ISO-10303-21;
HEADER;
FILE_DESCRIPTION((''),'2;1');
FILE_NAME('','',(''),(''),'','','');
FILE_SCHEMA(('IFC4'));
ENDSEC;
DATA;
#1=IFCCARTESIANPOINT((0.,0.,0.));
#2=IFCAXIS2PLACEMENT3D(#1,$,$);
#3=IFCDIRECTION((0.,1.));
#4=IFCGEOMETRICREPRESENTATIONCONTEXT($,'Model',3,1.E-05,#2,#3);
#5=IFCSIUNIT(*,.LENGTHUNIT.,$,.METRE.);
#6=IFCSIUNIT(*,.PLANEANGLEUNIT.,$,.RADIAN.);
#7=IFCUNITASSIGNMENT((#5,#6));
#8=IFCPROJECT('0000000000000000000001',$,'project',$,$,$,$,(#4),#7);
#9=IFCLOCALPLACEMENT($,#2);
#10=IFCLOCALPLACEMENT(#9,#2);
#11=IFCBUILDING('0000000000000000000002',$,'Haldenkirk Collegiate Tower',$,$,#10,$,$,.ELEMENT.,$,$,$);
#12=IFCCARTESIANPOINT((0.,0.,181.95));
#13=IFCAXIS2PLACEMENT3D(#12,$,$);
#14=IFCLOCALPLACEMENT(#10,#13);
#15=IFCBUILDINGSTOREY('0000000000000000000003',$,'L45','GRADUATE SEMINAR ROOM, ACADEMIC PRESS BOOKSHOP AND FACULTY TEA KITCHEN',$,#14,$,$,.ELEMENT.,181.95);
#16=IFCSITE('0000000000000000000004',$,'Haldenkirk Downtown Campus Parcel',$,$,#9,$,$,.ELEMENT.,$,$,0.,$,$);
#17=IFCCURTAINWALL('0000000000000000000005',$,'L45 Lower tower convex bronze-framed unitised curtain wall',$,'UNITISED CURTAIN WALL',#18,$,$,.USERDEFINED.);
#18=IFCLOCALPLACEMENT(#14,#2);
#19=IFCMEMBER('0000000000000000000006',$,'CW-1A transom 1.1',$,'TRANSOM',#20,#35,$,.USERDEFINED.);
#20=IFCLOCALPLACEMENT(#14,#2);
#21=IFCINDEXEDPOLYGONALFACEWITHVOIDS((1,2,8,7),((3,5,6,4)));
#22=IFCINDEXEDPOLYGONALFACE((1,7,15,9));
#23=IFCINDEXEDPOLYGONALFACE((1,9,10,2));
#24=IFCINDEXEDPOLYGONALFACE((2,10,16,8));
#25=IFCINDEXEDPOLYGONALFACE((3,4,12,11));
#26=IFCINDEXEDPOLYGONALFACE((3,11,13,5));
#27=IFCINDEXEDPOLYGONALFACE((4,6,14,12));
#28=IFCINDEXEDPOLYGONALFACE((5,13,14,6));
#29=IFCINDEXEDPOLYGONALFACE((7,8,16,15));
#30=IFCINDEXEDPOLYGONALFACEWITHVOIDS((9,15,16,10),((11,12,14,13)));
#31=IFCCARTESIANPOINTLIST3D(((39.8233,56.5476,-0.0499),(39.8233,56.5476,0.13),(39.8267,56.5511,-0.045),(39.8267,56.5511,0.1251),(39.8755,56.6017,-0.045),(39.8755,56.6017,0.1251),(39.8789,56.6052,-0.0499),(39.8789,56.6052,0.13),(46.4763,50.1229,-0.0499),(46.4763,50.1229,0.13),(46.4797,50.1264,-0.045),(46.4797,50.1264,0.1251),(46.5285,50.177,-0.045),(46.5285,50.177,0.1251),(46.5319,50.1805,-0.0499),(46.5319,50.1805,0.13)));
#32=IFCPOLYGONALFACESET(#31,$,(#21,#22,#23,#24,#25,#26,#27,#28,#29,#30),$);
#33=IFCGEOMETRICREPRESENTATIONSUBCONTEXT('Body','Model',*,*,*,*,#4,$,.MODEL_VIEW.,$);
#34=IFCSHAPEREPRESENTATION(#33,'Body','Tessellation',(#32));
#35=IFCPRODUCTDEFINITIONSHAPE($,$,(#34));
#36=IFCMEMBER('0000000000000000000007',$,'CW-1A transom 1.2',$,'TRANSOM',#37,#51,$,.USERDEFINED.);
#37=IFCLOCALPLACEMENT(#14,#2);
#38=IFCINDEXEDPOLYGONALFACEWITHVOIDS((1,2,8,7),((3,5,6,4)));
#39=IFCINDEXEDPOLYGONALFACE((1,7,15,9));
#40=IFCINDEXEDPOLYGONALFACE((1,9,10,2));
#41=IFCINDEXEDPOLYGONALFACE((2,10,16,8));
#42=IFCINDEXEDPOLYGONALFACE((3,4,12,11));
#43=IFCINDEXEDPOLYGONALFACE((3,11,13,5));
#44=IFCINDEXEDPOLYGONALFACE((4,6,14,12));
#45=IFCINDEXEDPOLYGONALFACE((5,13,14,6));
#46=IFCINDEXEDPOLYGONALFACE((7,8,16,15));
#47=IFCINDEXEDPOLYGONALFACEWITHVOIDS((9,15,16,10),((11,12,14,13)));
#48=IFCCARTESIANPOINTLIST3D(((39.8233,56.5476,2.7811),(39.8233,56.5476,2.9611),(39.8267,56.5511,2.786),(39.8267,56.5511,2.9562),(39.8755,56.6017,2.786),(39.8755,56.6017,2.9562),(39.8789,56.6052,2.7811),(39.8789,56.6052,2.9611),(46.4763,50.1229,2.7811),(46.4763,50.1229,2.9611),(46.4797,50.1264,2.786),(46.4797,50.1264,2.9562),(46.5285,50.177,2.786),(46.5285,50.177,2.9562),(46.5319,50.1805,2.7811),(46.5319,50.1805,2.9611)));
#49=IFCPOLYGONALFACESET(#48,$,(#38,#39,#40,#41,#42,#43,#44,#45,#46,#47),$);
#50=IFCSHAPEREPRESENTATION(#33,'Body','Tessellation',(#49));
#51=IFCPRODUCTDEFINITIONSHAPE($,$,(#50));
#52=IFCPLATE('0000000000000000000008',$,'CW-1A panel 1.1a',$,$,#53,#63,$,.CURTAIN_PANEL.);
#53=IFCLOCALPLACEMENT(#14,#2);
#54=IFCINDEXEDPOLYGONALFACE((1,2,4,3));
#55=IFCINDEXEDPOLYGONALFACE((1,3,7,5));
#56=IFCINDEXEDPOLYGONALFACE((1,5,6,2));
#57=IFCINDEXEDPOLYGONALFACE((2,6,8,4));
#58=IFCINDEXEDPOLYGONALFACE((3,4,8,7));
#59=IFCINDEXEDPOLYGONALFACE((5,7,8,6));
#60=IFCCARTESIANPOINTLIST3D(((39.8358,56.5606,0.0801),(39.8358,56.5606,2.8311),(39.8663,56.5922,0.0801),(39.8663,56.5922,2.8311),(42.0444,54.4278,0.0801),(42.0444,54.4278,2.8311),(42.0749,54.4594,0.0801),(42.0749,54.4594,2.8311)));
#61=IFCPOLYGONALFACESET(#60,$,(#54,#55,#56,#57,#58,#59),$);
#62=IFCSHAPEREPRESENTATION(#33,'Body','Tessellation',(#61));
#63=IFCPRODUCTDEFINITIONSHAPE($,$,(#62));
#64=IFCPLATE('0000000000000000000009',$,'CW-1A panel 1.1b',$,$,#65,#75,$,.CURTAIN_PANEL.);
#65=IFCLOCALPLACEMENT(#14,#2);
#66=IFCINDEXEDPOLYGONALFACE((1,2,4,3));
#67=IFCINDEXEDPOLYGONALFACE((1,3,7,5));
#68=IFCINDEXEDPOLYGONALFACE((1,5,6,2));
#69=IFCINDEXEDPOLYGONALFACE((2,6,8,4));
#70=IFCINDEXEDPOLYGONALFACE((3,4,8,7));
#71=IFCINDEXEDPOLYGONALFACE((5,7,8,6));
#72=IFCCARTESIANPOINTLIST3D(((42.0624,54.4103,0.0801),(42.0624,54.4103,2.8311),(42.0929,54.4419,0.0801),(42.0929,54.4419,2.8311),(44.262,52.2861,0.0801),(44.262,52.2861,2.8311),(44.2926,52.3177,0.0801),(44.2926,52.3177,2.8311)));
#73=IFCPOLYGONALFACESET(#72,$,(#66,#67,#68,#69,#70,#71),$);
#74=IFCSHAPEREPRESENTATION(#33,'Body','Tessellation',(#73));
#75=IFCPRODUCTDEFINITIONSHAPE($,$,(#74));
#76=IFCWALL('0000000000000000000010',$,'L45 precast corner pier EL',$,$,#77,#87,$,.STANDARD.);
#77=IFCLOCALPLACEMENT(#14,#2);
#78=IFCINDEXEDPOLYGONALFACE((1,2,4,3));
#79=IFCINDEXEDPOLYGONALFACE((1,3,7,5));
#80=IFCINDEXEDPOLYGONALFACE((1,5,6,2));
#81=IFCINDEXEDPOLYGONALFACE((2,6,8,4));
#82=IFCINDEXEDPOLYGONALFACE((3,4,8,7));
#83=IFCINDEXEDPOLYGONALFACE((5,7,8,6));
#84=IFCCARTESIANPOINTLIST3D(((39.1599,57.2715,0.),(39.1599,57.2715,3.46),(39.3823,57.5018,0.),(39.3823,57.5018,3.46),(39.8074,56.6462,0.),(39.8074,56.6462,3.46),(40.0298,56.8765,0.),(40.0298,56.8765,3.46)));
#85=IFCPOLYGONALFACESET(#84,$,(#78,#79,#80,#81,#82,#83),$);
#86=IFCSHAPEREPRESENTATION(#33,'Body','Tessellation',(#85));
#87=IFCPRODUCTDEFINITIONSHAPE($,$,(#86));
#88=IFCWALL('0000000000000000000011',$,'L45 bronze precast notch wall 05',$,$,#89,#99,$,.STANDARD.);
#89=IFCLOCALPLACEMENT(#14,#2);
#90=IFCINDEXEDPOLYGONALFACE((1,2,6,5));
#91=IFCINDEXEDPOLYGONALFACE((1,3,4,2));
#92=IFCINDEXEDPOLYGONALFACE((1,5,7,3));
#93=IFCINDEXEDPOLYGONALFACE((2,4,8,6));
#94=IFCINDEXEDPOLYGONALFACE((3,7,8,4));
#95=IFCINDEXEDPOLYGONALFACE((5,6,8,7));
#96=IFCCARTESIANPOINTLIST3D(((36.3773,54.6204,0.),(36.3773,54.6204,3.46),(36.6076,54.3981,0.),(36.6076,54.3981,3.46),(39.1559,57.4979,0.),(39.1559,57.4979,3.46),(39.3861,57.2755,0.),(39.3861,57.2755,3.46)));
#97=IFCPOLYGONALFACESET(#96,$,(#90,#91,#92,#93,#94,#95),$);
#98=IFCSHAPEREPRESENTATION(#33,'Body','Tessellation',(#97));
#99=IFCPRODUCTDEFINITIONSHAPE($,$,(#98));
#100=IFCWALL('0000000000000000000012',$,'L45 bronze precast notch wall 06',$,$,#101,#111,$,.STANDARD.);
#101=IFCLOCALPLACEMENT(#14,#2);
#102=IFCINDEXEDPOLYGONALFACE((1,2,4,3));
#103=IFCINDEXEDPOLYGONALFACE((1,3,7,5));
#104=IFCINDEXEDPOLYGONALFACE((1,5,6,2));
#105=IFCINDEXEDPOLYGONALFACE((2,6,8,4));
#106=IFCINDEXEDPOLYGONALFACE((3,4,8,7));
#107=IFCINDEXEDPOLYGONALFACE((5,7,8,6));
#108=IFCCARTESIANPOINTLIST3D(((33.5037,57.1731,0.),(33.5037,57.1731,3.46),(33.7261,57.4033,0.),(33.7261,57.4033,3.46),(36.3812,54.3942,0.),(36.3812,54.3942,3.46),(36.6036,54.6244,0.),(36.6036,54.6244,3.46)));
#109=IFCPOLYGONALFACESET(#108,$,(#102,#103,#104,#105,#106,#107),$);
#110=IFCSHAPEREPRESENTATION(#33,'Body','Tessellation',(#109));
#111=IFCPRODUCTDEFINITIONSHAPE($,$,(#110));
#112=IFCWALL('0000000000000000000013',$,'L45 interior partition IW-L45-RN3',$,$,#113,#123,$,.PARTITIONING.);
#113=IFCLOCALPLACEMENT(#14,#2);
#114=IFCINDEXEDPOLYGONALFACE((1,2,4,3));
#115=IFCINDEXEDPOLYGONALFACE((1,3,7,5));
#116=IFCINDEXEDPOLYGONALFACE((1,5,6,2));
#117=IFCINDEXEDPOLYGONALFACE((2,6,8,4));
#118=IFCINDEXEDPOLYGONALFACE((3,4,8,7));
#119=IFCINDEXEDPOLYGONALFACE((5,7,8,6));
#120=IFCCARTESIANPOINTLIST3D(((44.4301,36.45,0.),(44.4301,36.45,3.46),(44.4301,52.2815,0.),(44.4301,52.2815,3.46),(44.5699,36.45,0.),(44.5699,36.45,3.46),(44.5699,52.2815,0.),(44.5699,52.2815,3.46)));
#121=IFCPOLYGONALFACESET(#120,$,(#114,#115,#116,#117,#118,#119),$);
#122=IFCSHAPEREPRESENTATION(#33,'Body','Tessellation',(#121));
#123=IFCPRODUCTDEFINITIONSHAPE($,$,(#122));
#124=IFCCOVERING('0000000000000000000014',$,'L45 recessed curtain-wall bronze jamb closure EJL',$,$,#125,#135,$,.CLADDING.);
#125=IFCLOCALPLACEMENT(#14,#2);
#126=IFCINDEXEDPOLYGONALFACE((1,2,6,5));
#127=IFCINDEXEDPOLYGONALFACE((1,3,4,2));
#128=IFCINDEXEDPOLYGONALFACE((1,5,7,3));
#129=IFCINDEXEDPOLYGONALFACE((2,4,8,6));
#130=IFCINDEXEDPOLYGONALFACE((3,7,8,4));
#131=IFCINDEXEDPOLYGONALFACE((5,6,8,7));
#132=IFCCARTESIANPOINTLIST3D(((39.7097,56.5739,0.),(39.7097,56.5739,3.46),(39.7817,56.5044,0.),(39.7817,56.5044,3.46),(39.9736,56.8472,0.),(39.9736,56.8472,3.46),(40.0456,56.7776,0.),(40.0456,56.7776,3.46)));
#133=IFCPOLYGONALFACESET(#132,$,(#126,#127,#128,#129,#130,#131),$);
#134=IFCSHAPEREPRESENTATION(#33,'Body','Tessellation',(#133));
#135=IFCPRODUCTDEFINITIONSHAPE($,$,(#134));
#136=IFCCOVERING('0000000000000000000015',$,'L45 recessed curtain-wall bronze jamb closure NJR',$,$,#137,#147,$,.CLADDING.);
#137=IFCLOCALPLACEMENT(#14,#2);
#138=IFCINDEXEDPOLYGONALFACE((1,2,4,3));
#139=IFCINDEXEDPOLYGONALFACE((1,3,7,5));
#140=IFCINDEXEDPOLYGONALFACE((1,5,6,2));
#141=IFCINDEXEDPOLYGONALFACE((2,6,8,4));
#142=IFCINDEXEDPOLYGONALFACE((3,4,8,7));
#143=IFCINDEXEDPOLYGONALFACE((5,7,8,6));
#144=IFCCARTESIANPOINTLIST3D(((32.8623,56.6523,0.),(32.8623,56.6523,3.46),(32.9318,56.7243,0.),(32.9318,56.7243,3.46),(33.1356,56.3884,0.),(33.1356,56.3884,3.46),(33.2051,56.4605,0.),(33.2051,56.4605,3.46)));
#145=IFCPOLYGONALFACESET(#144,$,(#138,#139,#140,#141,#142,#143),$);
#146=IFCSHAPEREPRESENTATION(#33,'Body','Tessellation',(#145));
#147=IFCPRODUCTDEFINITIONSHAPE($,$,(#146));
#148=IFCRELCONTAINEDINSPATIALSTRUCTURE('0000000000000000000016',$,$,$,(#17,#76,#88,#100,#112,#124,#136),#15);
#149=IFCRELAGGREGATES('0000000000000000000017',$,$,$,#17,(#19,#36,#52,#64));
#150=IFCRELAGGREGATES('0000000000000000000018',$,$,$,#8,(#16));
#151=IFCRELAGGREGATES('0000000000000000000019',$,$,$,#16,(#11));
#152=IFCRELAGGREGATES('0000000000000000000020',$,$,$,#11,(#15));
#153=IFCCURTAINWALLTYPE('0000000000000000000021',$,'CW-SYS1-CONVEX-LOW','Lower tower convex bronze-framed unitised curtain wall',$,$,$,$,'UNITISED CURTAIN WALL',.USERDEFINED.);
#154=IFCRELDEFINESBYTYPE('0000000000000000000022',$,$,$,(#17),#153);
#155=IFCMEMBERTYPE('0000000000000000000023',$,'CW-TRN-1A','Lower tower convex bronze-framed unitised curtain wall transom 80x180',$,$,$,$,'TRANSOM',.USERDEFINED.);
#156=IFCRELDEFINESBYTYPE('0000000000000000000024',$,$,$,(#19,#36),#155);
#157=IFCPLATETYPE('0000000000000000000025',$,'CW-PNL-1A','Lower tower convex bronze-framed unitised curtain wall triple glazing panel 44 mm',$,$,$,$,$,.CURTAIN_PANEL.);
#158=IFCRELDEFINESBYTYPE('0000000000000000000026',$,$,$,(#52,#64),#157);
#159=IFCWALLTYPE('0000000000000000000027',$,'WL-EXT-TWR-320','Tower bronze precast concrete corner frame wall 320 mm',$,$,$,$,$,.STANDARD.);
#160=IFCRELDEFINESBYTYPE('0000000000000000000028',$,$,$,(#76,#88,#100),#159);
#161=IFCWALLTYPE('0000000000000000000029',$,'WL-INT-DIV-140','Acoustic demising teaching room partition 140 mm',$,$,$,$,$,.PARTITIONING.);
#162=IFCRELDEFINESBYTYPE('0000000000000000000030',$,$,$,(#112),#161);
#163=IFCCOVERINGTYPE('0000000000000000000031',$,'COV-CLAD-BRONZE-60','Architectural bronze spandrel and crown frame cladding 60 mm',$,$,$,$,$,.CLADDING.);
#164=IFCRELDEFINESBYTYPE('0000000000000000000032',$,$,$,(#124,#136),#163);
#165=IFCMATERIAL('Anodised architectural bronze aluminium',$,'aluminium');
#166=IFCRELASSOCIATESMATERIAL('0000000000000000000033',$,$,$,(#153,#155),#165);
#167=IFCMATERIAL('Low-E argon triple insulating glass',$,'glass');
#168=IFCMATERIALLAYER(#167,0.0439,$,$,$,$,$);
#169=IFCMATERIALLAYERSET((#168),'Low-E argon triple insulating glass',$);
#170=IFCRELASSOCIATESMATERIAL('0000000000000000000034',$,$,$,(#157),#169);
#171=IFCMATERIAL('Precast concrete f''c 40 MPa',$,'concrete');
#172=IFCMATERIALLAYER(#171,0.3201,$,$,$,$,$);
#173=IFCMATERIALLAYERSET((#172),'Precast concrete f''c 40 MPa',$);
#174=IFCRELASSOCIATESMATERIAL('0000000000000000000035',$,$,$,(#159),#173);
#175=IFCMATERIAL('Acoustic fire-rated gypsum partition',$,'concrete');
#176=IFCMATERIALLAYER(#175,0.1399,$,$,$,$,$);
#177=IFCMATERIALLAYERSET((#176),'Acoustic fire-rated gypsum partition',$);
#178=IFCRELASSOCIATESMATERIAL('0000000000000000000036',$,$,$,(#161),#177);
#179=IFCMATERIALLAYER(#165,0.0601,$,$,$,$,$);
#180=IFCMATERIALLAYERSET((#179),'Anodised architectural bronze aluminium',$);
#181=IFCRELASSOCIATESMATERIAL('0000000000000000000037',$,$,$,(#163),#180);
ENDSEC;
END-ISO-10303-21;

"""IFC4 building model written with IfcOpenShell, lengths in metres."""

from ifc_helpers import new_model, si_unit, direction, frame, frame_2d, origin, origin_2d, place, context, subcontext, project, spatial, rectangle, hollow_rectangle, extrude, source, transform, mapped, material, layer, layer_set, material_profile, profile_set, type_object, element, aggregate, save


model = new_model("IFC4")

# Units and contexts
model_context = context("Model", 3, precision=1e-05, world=origin(), true_north=direction((0.0, 1.0)))
body_context = subcontext(model_context, "Body", "Model", "MODEL_VIEW")
ifc_project = project(units=[si_unit("LENGTHUNIT", "METRE"), si_unit("PLANEANGLEUNIT", "RADIAN")], contexts=[model_context])

# Site, building, storey
site_placement = place(None, origin())
site = spatial("IfcSite", under=ifc_project, at=site_placement, Name="Haldenkirk Downtown Campus Parcel", CompositionType="ELEMENT", RefElevation=0.0)
building_placement = place(site_placement, origin())
building = spatial("IfcBuilding", under=site, at=building_placement, Name="Haldenkirk Collegiate Tower", CompositionType="ELEMENT")
storey_placement = place(building_placement, frame((0.0, 0.0, 181.95)))
storey = spatial("IfcBuildingStorey", under=building, at=storey_placement, Name="L45", Description="GRADUATE SEMINAR ROOM, ACADEMIC PRESS BOOKSHOP AND FACULTY TEA KITCHEN", CompositionType="ELEMENT", Elevation=181.95)

# Curtain wall
ifc_material_1 = material(Name="Anodised architectural bronze aluminium", Category="aluminium")
curtain_wall_type = type_object("IfcCurtainWallType", Name="CW-SYS1-CONVEX-LOW", Description="Lower tower convex bronze-framed unitised curtain wall", ElementType="UNITISED CURTAIN WALL", PredefinedType="USERDEFINED", material=ifc_material_1)
curtain_wall_1_placement = place(storey_placement, origin())
curtain_wall_1 = element("IfcCurtainWall", 1, at=curtain_wall_1_placement, inside=storey, type_object=curtain_wall_type, Name="L45 Lower tower convex bronze-framed unitised curtain wall", ObjectType="UNITISED CURTAIN WALL", PredefinedType="USERDEFINED")

# Members
ifc_material_profile_1 = material_profile(ifc_material_1, hollow_rectangle(XDim=0.0801, YDim=0.1799, WallThickness=0.0049, at=origin_2d()), Name="CW-TRN-1A")
ifc_profile_set_1 = profile_set([ifc_material_profile_1], Name="Anodised architectural bronze aluminium")
member_type_1 = type_object("IfcMemberType", Name="CW-TRN-1A", Description="Lower tower convex bronze-framed unitised curtain wall transom 80x180", ElementType="TRANSOM", PredefinedType="USERDEFINED", material=ifc_profile_set_1)
member_1_placement = place(storey_placement, frame((39.8511, 56.5764, 0.04), z_axis=(0.71934, -0.694659, 0.0), x_axis=(0.694659, 0.71934, 0.0)))
member_1 = element("IfcMember", 2, at=member_1_placement, type_object=member_type_1, Name="CW-1A transom 1.1", ObjectType="TRANSOM", PredefinedType="USERDEFINED", context=body_context, shape_type="SweptSolid", body=[
    extrude(hollow_rectangle(XDim=0.0801, YDim=0.1799, WallThickness=0.0049, at=origin_2d()), origin(), (0.0, 0.0, 1.0), 9.2488),
])
member_2_placement = place(storey_placement, frame((39.8511, 56.5764, 2.8711), z_axis=(0.71934, -0.694659, 0.0), x_axis=(0.694659, 0.71934, 0.0)))
member_2 = element("IfcMember", 3, at=member_2_placement, type_object=member_type_1, Name="CW-1A transom 1.2", ObjectType="TRANSOM", PredefinedType="USERDEFINED", context=body_context, shape_type="SweptSolid", body=[
    extrude(hollow_rectangle(XDim=0.0801, YDim=0.1799, WallThickness=0.0049, at=origin_2d()), origin(), (0.0, 0.0, 1.0), 9.2488),
])

# Plates
ifc_material_2 = material(Name="Low-E argon triple insulating glass", Category="glass")
ifc_layer_1 = layer(ifc_material_2, 0.0439)
ifc_layer_set_1 = layer_set([ifc_layer_1], Name="Low-E argon triple insulating glass")
plate_type = type_object("IfcPlateType", Name="CW-PNL-1A", Description="Lower tower convex bronze-framed unitised curtain wall triple glazing panel 44 mm", PredefinedType="CURTAIN_PANEL", material=ifc_layer_set_1)
shared_shape_1 = source(origin(), body_context, "Body", "SweptSolid", [
    extrude(rectangle(XDim=3.0703, YDim=0.0439, at=origin_2d()), origin(), (0.0, 0.0, 1.0), 2.751),
])
plate_1_placement = place(storey_placement, frame((40.9553, 55.51, 0.0801), z_axis=(0.0, 0.0, 1.0), x_axis=(0.719341, -0.694658, 0.0)))
plate_1 = element("IfcPlate", 4, at=plate_1_placement, type_object=plate_type, Name="CW-1A panel 1.1a", PredefinedType="CURTAIN_PANEL", context=body_context, shape_type="MappedRepresentation", body=[
    mapped(shared_shape_1, transform((0.0, 0.0, 0.0), x_axis=(1.0, 0.0, 0.0), y_axis=(0.0, 1.0, 0.0), z_axis=(0.0, 0.0, 1.0), scale=1.0)),
])
shared_shape_2 = source(origin(), body_context, "Body", "SweptSolid", [
    extrude(rectangle(XDim=3.0579, YDim=0.0439, at=origin_2d()), origin(), (0.0, 0.0, 1.0), 2.751),
])
plate_2_placement = place(storey_placement, frame((43.1775, 53.364, 0.0801), z_axis=(0.0, 0.0, 1.0), x_axis=(0.719341, -0.694658, 0.0)))
plate_2 = element("IfcPlate", 5, at=plate_2_placement, type_object=plate_type, Name="CW-1A panel 1.1b", PredefinedType="CURTAIN_PANEL", context=body_context, shape_type="MappedRepresentation", body=[
    mapped(shared_shape_2, transform((0.0, 0.0, 0.0), x_axis=(1.0, 0.0, 0.0), y_axis=(0.0, 1.0, 0.0), z_axis=(0.0, 0.0, 1.0), scale=1.0)),
])
aggregate(curtain_wall_1, [member_1, member_2, plate_1, plate_2])

# Walls
ifc_material_3 = material(Name="Precast concrete f'c 40 MPa", Category="concrete")
ifc_layer_2 = layer(ifc_material_3, 0.3201)
ifc_layer_set_2 = layer_set([ifc_layer_2], Name="Precast concrete f'c 40 MPa")
wall_type_1 = type_object("IfcWallType", Name="WL-EXT-TWR-320", Description="Tower bronze precast concrete corner frame wall 320 mm", PredefinedType="STANDARD", material=ifc_layer_set_2)
wall_1_placement = place(storey_placement, frame((39.271, 57.3867, 0.0), z_axis=(0.0, 0.0, 1.0), x_axis=(0.719341, -0.694657, 0.0)))
element("IfcWall", 6, at=wall_1_placement, inside=storey, type_object=wall_type_1, Name="L45 precast corner pier EL", PredefinedType="STANDARD", context=body_context, shape_type="SweptSolid", body=[
    extrude(rectangle(XDim=0.9001, YDim=0.3201, at=frame_2d((0.4502, 0.0))), origin(), (0.0, 0.0, 1.0), 3.46),
])
wall_2_placement = place(storey_placement, frame((36.4924, 54.5093, 0.0), z_axis=(0.0, 0.0, 1.0), x_axis=(0.694639, 0.719358, 0.0)))
element("IfcWall", 7, at=wall_2_placement, inside=storey, type_object=wall_type_1, Name="L45 bronze precast notch wall 05", PredefinedType="STANDARD", context=body_context, shape_type="SweptSolid", body=[
    extrude(rectangle(XDim=4.0, YDim=0.3201, at=frame_2d((2.0, 0.0))), origin(), (0.0, 0.0, 1.0), 3.46),
])
wall_3_placement = place(storey_placement, frame((33.615, 57.2881, 0.0), z_axis=(0.0, 0.0, 1.0), x_axis=(0.719328, -0.694671, 0.0)))
element("IfcWall", 8, at=wall_3_placement, inside=storey, type_object=wall_type_1, Name="L45 bronze precast notch wall 06", PredefinedType="STANDARD", context=body_context, shape_type="SweptSolid", body=[
    extrude(rectangle(XDim=4.0002, YDim=0.3201, at=frame_2d((2.0, 0.0))), origin(), (0.0, 0.0, 1.0), 3.46),
])
ifc_material_4 = material(Name="Acoustic fire-rated gypsum partition", Category="concrete")
ifc_layer_3 = layer(ifc_material_4, 0.1399)
ifc_layer_set_3 = layer_set([ifc_layer_3], Name="Acoustic fire-rated gypsum partition")
wall_type_2 = type_object("IfcWallType", Name="WL-INT-DIV-140", Description="Acoustic demising teaching room partition 140 mm", PredefinedType="PARTITIONING", material=ifc_layer_set_3)
wall_4_placement = place(storey_placement, frame((44.5, 36.45, 0.0), z_axis=(0.0, 0.0, 1.0), x_axis=(0.0, 1.0, 0.0)))
element("IfcWall", 9, at=wall_4_placement, inside=storey, type_object=wall_type_2, Name="L45 interior partition IW-L45-RN3", PredefinedType="PARTITIONING", context=body_context, shape_type="SweptSolid", body=[
    extrude(rectangle(XDim=15.8315, YDim=0.1399, at=frame_2d((7.9158, 0.0))), origin(), (0.0, 0.0, 1.0), 3.46),
])

# Coverings
ifc_layer_4 = layer(ifc_material_1, 0.0601)
ifc_layer_set_4 = layer_set([ifc_layer_4], Name="Anodised architectural bronze aluminium")
covering_type = type_object("IfcCoveringType", Name="COV-CLAD-BRONZE-60", Description="Architectural bronze spandrel and crown frame cladding 60 mm", PredefinedType="CLADDING", material=ifc_layer_set_4)
shared_shape_3 = source(origin(), body_context, "Body", "SweptSolid", [
    extrude(rectangle(XDim=0.1001, YDim=0.3799, at=origin_2d()), origin(), (0.0, 0.0, 1.0), 3.46),
])
for number, where, z_axis, x_axis, name in (
    (10, (39.8777, 56.6758, 0.0), (0.0, 0.0, 1.0), (0.71934, -0.694658, 0.0), "L45 recessed curtain-wall bronze jamb closure EJL"),
    (11, (33.0337, 56.5564, 0.0), (0.0, 0.0, 1.0), (0.694658, 0.71934, 0.0), "L45 recessed curtain-wall bronze jamb closure NJR"),
):
    element("IfcCovering", number, at=place(storey_placement, frame(where, z_axis=z_axis, x_axis=x_axis)), inside=storey, type_object=covering_type, Name=name, PredefinedType="CLADDING", context=body_context, shape_type="MappedRepresentation", body=[
        mapped(shared_shape_3, transform((0.0, 0.0, 0.0), x_axis=(1.0, 0.0, 0.0), y_axis=(0.0, 1.0, 0.0), z_axis=(0.0, 0.0, 1.0), scale=1.0)),
    ])

save(model, "model.ifc")
